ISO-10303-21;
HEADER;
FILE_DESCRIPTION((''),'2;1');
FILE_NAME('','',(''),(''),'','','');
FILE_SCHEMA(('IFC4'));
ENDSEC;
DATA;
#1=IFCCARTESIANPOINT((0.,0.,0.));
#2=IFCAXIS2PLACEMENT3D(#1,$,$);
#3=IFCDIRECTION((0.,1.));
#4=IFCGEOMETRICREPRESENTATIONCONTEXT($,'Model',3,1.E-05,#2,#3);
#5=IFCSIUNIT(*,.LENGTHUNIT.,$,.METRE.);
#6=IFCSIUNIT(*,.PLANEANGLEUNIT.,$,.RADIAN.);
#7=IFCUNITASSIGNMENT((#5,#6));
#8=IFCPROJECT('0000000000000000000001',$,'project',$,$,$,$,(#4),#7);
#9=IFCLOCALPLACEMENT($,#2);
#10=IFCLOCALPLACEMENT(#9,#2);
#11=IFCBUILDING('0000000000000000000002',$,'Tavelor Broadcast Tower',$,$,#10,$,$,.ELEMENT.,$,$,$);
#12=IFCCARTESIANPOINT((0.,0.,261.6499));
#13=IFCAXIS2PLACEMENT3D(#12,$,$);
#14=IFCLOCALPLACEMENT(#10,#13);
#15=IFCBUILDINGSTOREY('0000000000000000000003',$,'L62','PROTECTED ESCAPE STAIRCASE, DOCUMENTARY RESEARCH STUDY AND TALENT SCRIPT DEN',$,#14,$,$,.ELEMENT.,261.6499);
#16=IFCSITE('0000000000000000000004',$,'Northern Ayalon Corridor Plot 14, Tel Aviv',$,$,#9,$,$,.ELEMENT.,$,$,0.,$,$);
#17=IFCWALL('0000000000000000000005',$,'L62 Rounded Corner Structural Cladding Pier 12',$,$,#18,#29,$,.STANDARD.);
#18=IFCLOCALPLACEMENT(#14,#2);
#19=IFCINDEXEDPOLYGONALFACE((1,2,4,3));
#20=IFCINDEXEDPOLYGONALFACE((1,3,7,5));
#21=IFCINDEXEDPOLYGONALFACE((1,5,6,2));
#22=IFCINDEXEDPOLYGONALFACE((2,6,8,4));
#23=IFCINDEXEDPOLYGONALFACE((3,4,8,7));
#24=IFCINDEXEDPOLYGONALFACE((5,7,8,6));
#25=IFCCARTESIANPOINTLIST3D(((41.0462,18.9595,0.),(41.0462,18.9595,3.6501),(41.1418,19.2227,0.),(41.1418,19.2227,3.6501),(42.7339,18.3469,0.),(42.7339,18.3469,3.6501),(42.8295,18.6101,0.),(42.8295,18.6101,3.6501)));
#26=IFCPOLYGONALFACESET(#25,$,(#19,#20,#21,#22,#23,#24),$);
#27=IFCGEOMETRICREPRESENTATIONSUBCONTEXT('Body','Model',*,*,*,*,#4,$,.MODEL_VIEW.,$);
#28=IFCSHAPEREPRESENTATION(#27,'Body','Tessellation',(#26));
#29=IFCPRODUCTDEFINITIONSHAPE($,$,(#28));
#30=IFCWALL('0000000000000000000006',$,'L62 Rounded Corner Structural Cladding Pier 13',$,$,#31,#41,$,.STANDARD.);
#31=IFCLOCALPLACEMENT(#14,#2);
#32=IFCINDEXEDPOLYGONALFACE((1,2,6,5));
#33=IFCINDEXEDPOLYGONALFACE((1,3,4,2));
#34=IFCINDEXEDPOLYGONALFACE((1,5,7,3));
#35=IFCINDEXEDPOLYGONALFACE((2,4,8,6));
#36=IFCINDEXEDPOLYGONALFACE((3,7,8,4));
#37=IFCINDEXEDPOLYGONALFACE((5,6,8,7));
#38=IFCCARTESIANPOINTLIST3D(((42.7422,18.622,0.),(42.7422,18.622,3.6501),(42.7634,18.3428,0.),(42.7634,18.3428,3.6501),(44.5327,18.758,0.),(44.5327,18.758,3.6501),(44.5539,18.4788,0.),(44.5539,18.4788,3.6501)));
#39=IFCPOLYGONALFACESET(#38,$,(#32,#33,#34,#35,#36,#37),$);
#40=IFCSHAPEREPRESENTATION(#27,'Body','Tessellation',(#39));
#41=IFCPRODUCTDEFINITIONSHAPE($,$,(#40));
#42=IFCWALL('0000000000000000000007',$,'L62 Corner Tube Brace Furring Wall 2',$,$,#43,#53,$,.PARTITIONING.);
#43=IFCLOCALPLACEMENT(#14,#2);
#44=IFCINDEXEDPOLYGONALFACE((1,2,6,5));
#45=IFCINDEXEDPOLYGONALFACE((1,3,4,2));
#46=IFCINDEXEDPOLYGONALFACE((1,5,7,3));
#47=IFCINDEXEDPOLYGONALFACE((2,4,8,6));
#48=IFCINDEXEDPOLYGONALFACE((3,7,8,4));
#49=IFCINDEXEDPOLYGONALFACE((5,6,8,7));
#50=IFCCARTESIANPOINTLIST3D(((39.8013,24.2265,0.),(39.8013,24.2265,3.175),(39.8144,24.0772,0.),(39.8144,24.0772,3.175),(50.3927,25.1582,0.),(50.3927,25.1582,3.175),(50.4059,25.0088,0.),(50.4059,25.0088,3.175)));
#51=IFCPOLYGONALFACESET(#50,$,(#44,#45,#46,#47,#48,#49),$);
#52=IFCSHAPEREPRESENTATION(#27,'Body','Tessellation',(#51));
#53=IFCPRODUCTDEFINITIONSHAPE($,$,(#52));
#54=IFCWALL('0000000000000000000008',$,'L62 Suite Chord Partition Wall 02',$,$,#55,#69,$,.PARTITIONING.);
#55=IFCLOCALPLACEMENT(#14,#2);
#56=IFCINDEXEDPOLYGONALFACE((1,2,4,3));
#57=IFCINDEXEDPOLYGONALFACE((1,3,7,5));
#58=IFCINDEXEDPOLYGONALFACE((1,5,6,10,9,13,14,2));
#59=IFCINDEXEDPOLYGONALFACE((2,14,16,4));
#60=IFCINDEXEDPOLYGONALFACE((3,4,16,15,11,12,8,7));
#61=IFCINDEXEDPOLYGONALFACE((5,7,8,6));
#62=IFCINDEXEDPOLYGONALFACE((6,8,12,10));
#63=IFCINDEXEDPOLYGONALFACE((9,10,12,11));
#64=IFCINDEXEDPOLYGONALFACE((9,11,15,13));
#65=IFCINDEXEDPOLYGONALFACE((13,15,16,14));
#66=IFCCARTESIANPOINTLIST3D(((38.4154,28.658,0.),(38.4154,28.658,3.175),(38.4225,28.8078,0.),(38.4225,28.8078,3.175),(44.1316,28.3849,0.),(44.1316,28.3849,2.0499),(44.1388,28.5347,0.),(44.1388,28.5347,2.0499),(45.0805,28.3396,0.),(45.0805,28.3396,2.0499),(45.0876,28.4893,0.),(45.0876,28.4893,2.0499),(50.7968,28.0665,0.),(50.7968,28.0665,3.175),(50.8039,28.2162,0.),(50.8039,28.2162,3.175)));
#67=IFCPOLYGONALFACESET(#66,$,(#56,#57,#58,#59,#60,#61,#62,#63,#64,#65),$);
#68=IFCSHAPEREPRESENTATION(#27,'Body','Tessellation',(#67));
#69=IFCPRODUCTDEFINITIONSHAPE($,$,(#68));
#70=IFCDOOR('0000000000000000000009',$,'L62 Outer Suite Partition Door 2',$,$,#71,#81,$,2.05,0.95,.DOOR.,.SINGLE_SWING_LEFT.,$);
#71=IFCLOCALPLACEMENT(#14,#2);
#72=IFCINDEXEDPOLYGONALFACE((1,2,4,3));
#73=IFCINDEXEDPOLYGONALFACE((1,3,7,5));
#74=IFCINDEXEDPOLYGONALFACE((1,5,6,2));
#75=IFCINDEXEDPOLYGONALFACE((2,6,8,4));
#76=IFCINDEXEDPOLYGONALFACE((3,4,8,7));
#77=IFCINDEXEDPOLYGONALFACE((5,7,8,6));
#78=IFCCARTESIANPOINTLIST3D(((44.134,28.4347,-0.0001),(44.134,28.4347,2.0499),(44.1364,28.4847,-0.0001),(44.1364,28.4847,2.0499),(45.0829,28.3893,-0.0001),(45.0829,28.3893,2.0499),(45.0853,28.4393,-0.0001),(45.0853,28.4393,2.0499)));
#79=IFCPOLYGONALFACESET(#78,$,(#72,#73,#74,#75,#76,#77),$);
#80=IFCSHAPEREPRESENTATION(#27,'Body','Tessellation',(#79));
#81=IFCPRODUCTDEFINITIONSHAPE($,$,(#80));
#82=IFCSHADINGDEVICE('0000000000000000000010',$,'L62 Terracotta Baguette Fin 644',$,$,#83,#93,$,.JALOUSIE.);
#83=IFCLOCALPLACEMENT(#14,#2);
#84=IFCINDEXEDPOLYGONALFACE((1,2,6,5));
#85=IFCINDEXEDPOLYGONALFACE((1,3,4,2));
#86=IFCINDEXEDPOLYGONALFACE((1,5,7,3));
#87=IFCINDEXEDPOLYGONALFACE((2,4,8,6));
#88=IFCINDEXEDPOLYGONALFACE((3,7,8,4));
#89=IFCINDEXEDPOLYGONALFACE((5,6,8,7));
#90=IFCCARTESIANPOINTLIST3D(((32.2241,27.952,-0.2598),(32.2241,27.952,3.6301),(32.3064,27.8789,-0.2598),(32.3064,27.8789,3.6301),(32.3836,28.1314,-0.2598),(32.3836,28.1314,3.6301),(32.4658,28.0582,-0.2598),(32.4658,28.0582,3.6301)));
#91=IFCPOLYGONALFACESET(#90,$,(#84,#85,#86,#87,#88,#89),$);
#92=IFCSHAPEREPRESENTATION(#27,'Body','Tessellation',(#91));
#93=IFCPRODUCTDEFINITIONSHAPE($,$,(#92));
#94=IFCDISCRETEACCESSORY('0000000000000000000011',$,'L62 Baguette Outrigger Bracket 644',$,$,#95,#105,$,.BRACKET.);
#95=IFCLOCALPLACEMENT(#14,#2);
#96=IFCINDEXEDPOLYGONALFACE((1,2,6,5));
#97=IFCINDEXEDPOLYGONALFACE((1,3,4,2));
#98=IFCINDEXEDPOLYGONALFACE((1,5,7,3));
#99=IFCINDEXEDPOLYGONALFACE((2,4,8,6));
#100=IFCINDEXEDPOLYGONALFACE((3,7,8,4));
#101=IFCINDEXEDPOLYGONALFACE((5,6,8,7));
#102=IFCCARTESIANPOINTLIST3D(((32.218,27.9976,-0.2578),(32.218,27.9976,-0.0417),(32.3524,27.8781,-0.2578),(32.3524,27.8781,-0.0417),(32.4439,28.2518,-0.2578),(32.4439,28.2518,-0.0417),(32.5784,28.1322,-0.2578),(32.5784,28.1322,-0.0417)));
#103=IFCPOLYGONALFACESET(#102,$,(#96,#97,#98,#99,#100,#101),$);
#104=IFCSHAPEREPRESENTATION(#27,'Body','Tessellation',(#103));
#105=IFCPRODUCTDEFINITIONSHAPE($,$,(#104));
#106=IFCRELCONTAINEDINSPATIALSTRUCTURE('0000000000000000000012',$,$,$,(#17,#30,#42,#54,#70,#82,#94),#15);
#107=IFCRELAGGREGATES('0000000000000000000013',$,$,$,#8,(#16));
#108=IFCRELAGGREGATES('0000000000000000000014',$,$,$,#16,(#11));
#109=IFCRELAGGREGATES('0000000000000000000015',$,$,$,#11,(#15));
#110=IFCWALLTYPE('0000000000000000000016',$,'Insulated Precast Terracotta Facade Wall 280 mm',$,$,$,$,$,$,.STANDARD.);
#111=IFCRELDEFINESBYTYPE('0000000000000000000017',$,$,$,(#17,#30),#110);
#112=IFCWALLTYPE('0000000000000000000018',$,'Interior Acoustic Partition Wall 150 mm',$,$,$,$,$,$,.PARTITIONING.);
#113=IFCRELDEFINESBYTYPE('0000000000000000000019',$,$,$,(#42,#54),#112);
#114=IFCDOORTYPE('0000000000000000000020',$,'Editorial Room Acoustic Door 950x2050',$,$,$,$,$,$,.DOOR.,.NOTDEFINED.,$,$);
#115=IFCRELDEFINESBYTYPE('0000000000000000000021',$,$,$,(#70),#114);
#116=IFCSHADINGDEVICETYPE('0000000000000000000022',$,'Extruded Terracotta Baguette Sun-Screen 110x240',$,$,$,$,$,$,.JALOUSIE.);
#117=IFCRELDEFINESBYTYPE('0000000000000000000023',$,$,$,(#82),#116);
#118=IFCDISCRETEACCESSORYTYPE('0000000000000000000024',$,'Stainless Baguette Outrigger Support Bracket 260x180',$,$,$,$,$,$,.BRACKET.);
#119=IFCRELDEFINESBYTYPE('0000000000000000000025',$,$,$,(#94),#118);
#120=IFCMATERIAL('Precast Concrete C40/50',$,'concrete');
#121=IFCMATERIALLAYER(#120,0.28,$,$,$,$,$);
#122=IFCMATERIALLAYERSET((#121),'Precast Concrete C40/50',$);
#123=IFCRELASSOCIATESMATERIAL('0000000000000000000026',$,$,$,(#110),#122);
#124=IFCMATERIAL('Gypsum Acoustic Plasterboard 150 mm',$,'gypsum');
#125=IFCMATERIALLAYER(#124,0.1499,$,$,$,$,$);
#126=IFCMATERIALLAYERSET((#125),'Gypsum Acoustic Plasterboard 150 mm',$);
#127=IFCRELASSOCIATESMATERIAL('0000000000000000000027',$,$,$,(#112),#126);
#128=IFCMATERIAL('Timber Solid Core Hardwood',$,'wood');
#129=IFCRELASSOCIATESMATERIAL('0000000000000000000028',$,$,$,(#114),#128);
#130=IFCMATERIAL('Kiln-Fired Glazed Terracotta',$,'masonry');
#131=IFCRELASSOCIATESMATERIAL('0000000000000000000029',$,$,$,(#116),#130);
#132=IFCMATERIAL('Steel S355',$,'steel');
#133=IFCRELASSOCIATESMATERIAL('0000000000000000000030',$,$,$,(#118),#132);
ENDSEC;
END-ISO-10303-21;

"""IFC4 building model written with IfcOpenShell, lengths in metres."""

from ifc_helpers import new_model, si_unit, direction, frame, frame_2d, origin, origin_2d, place, context, subcontext, project, spatial, rectangle, extrude, source, transform, mapped, material, layer, layer_set, type_object, type_shapes, element, fill, save


model = new_model("IFC4")

# Units and contexts
model_context = context("Model", 3, precision=1e-05, world=origin(), true_north=direction((0.0, 1.0)))
body_context = subcontext(model_context, "Body", "Model", "MODEL_VIEW")
ifc_project = project(units=[si_unit("LENGTHUNIT", "METRE"), si_unit("PLANEANGLEUNIT", "RADIAN")], contexts=[model_context])

# Site, building, storey
site_placement = place(None, origin())
site = spatial("IfcSite", under=ifc_project, at=site_placement, Name="Northern Ayalon Corridor Plot 14, Tel Aviv", CompositionType="ELEMENT", RefElevation=0.0)
building_placement = place(site_placement, origin())
building = spatial("IfcBuilding", under=site, at=building_placement, Name="Tavelor Broadcast Tower", CompositionType="ELEMENT")
storey_placement = place(building_placement, frame((0.0, 0.0, 261.6499)))
storey = spatial("IfcBuildingStorey", under=building, at=storey_placement, Name="L62", Description="PROTECTED ESCAPE STAIRCASE, DOCUMENTARY RESEARCH STUDY AND TALENT SCRIPT DEN", CompositionType="ELEMENT", Elevation=261.6499)

# Shared definitions
ifc_material_1 = material(Name="Steel S355", Category="steel")

# Walls
ifc_material_2 = material(Name="Precast Concrete C40/50", Category="concrete")
ifc_layer_1 = layer(ifc_material_2, 0.28)
ifc_layer_set_1 = layer_set([ifc_layer_1], Name="Precast Concrete C40/50")
wall_type_1 = type_object("IfcWallType", Name="Insulated Precast Terracotta Facade Wall 280 mm", PredefinedType="STANDARD", material=ifc_layer_set_1)
wall_1_placement = place(storey_placement, frame((41.094, 19.0911, 0.0), z_axis=(0.0, 0.0, 1.0), x_axis=(0.940004, -0.341164, 0.0)))
element("IfcWall", 1, at=wall_1_placement, inside=storey, type_object=wall_type_1, Name="L62 Rounded Corner Structural Cladding Pier 12", PredefinedType="STANDARD", context=body_context, shape_type="SweptSolid", body=[
    extrude(rectangle(XDim=1.7954, YDim=0.28, at=frame_2d((0.8977, 0.0))), origin(), (0.0, 0.0, 1.0), 3.6501),
])
wall_2_placement = place(storey_placement, frame((42.7527, 18.4824, 0.0), z_axis=(0.0, 0.0, 1.0), x_axis=(0.997128, 0.07573, 0.0)))
element("IfcWall", 2, at=wall_2_placement, inside=storey, type_object=wall_type_1, Name="L62 Rounded Corner Structural Cladding Pier 13", PredefinedType="STANDARD", context=body_context, shape_type="SweptSolid", body=[
    extrude(rectangle(XDim=1.7957, YDim=0.28, at=frame_2d((0.8979, 0.0))), origin(), (0.0, 0.0, 1.0), 3.6501),
])
ifc_material_3 = material(Name="Gypsum Acoustic Plasterboard 150 mm", Category="gypsum")
ifc_layer_2 = layer(ifc_material_3, 0.1499)
ifc_layer_set_2 = layer_set([ifc_layer_2], Name="Gypsum Acoustic Plasterboard 150 mm")
wall_type_2 = type_object("IfcWallType", Name="Interior Acoustic Partition Wall 150 mm", PredefinedType="PARTITIONING", material=ifc_layer_set_2)
wall_3_placement = place(storey_placement, frame((39.8079, 24.1519, 0.0), z_axis=(0.0, 0.0, 1.0), x_axis=(0.996154, 0.087624, 0.0)))
element("IfcWall", 3, at=wall_3_placement, inside=storey, type_object=wall_type_2, Name="L62 Corner Tube Brace Furring Wall 2", PredefinedType="PARTITIONING", context=body_context, shape_type="SweptSolid", body=[
    extrude(rectangle(XDim=10.6323, YDim=0.1499, at=frame_2d((5.3162, 0.0))), origin(), (0.0, 0.0, 1.0), 3.175),
])

# Wall, opening, door
wall_4_placement = place(storey_placement, frame((38.4189, 28.7329, 0.0), z_axis=(0.0, 0.0, 1.0), x_axis=(0.998861, -0.047723, 0.0)))
wall_4 = element("IfcWall", 4, at=wall_4_placement, inside=storey, type_object=wall_type_2, Name="L62 Suite Chord Partition Wall 02", PredefinedType="PARTITIONING", context=body_context, shape_type="SweptSolid", body=[
    extrude(rectangle(XDim=12.3955, YDim=0.1499, at=frame_2d((6.1978, 0.0))), origin(), (0.0, 0.0, 1.0), 3.175),
])
opening_placement = place(wall_4_placement, frame((5.7227, 0.0, 0.0)))
opening = element("IfcOpeningElement", 5, at=opening_placement, cuts=wall_4, PredefinedType="OPENING", context=body_context, shape_type="SweptSolid", body=[
    extrude(rectangle(XDim=0.95, YDim=2.05, at=frame_2d((0.4751, 1.0249))), frame((0.0, 0.085, 0.0), z_axis=(0.0, -1.0, 0.0), x_axis=(1.0, 0.0, 0.0)), (0.0, 0.0, 1.0), 0.1699),
])
ifc_material_4 = material(Name="Timber Solid Core Hardwood", Category="wood")
door_type = type_object("IfcDoorType", Name="Editorial Room Acoustic Door 950x2050", OperationType="NOTDEFINED", PredefinedType="DOOR", material=ifc_material_4)
door_placement = place(opening_placement, origin())
door = element("IfcDoor", 6, at=door_placement, inside=storey, type_object=door_type, Name="L62 Outer Suite Partition Door 2", OperationType="SINGLE_SWING_LEFT", OverallHeight=2.05, OverallWidth=0.95, PredefinedType="DOOR", context=body_context, shape_type="SweptSolid", body=[
    extrude(rectangle(XDim=0.95, YDim=2.05, at=frame_2d((0.4751, 1.0249))), frame((0.0, 0.0249, 0.0), z_axis=(0.0, -1.0, 0.0), x_axis=(1.0, 0.0, 0.0)), (0.0, 0.0, 1.0), 0.05),
])
fill(opening, door)

# Shading device
ifc_material_5 = material(Name="Kiln-Fired Glazed Terracotta", Category="masonry")
shading_device_type = type_object("IfcShadingDeviceType", Name="Extruded Terracotta Baguette Sun-Screen 110x240", PredefinedType="JALOUSIE", material=ifc_material_5)
shared_shape_1 = source(origin(), body_context, "Body", "SweptSolid", [
    extrude(rectangle(XDim=0.1101, YDim=0.24, at=origin_2d()), origin(), (0.0, 0.0, 1.0), 3.8899),
])
type_shapes(shading_device_type, [shared_shape_1])
shading_device_placement = place(storey_placement, frame((32.345, 28.0051, -0.2598), z_axis=(0.0, 0.0, 1.0), x_axis=(0.747334, -0.664448, 0.0)))
element("IfcShadingDevice", 7, at=shading_device_placement, inside=storey, type_object=shading_device_type, Name="L62 Terracotta Baguette Fin 644", PredefinedType="JALOUSIE", context=body_context, shape_type="MappedRepresentation", body=[
    mapped(shared_shape_1, transform((0.0, 0.0, 0.0), scale=1.0)),
])

# Discrete accessory
discrete_accessory_type = type_object("IfcDiscreteAccessoryType", Name="Stainless Baguette Outrigger Support Bracket 260x180", PredefinedType="BRACKET", material=ifc_material_1)
shared_shape_2 = source(origin(), body_context, "Body", "SweptSolid", [
    extrude(rectangle(XDim=0.1799, YDim=0.3401, at=origin_2d()), origin(), (0.0, 0.0, 1.0), 0.2161),
])
type_shapes(discrete_accessory_type, [shared_shape_2])
discrete_accessory_placement = place(storey_placement, frame((32.3982, 28.0649, -0.2578), z_axis=(0.0, 0.0, 1.0), x_axis=(0.747334, -0.664448, 0.0)))
element("IfcDiscreteAccessory", 8, at=discrete_accessory_placement, inside=storey, type_object=discrete_accessory_type, Name="L62 Baguette Outrigger Bracket 644", PredefinedType="BRACKET", context=body_context, shape_type="MappedRepresentation", body=[
    mapped(shared_shape_2, transform((0.0, 0.0, 0.0), scale=1.0)),
])

save(model, "model.ifc")
